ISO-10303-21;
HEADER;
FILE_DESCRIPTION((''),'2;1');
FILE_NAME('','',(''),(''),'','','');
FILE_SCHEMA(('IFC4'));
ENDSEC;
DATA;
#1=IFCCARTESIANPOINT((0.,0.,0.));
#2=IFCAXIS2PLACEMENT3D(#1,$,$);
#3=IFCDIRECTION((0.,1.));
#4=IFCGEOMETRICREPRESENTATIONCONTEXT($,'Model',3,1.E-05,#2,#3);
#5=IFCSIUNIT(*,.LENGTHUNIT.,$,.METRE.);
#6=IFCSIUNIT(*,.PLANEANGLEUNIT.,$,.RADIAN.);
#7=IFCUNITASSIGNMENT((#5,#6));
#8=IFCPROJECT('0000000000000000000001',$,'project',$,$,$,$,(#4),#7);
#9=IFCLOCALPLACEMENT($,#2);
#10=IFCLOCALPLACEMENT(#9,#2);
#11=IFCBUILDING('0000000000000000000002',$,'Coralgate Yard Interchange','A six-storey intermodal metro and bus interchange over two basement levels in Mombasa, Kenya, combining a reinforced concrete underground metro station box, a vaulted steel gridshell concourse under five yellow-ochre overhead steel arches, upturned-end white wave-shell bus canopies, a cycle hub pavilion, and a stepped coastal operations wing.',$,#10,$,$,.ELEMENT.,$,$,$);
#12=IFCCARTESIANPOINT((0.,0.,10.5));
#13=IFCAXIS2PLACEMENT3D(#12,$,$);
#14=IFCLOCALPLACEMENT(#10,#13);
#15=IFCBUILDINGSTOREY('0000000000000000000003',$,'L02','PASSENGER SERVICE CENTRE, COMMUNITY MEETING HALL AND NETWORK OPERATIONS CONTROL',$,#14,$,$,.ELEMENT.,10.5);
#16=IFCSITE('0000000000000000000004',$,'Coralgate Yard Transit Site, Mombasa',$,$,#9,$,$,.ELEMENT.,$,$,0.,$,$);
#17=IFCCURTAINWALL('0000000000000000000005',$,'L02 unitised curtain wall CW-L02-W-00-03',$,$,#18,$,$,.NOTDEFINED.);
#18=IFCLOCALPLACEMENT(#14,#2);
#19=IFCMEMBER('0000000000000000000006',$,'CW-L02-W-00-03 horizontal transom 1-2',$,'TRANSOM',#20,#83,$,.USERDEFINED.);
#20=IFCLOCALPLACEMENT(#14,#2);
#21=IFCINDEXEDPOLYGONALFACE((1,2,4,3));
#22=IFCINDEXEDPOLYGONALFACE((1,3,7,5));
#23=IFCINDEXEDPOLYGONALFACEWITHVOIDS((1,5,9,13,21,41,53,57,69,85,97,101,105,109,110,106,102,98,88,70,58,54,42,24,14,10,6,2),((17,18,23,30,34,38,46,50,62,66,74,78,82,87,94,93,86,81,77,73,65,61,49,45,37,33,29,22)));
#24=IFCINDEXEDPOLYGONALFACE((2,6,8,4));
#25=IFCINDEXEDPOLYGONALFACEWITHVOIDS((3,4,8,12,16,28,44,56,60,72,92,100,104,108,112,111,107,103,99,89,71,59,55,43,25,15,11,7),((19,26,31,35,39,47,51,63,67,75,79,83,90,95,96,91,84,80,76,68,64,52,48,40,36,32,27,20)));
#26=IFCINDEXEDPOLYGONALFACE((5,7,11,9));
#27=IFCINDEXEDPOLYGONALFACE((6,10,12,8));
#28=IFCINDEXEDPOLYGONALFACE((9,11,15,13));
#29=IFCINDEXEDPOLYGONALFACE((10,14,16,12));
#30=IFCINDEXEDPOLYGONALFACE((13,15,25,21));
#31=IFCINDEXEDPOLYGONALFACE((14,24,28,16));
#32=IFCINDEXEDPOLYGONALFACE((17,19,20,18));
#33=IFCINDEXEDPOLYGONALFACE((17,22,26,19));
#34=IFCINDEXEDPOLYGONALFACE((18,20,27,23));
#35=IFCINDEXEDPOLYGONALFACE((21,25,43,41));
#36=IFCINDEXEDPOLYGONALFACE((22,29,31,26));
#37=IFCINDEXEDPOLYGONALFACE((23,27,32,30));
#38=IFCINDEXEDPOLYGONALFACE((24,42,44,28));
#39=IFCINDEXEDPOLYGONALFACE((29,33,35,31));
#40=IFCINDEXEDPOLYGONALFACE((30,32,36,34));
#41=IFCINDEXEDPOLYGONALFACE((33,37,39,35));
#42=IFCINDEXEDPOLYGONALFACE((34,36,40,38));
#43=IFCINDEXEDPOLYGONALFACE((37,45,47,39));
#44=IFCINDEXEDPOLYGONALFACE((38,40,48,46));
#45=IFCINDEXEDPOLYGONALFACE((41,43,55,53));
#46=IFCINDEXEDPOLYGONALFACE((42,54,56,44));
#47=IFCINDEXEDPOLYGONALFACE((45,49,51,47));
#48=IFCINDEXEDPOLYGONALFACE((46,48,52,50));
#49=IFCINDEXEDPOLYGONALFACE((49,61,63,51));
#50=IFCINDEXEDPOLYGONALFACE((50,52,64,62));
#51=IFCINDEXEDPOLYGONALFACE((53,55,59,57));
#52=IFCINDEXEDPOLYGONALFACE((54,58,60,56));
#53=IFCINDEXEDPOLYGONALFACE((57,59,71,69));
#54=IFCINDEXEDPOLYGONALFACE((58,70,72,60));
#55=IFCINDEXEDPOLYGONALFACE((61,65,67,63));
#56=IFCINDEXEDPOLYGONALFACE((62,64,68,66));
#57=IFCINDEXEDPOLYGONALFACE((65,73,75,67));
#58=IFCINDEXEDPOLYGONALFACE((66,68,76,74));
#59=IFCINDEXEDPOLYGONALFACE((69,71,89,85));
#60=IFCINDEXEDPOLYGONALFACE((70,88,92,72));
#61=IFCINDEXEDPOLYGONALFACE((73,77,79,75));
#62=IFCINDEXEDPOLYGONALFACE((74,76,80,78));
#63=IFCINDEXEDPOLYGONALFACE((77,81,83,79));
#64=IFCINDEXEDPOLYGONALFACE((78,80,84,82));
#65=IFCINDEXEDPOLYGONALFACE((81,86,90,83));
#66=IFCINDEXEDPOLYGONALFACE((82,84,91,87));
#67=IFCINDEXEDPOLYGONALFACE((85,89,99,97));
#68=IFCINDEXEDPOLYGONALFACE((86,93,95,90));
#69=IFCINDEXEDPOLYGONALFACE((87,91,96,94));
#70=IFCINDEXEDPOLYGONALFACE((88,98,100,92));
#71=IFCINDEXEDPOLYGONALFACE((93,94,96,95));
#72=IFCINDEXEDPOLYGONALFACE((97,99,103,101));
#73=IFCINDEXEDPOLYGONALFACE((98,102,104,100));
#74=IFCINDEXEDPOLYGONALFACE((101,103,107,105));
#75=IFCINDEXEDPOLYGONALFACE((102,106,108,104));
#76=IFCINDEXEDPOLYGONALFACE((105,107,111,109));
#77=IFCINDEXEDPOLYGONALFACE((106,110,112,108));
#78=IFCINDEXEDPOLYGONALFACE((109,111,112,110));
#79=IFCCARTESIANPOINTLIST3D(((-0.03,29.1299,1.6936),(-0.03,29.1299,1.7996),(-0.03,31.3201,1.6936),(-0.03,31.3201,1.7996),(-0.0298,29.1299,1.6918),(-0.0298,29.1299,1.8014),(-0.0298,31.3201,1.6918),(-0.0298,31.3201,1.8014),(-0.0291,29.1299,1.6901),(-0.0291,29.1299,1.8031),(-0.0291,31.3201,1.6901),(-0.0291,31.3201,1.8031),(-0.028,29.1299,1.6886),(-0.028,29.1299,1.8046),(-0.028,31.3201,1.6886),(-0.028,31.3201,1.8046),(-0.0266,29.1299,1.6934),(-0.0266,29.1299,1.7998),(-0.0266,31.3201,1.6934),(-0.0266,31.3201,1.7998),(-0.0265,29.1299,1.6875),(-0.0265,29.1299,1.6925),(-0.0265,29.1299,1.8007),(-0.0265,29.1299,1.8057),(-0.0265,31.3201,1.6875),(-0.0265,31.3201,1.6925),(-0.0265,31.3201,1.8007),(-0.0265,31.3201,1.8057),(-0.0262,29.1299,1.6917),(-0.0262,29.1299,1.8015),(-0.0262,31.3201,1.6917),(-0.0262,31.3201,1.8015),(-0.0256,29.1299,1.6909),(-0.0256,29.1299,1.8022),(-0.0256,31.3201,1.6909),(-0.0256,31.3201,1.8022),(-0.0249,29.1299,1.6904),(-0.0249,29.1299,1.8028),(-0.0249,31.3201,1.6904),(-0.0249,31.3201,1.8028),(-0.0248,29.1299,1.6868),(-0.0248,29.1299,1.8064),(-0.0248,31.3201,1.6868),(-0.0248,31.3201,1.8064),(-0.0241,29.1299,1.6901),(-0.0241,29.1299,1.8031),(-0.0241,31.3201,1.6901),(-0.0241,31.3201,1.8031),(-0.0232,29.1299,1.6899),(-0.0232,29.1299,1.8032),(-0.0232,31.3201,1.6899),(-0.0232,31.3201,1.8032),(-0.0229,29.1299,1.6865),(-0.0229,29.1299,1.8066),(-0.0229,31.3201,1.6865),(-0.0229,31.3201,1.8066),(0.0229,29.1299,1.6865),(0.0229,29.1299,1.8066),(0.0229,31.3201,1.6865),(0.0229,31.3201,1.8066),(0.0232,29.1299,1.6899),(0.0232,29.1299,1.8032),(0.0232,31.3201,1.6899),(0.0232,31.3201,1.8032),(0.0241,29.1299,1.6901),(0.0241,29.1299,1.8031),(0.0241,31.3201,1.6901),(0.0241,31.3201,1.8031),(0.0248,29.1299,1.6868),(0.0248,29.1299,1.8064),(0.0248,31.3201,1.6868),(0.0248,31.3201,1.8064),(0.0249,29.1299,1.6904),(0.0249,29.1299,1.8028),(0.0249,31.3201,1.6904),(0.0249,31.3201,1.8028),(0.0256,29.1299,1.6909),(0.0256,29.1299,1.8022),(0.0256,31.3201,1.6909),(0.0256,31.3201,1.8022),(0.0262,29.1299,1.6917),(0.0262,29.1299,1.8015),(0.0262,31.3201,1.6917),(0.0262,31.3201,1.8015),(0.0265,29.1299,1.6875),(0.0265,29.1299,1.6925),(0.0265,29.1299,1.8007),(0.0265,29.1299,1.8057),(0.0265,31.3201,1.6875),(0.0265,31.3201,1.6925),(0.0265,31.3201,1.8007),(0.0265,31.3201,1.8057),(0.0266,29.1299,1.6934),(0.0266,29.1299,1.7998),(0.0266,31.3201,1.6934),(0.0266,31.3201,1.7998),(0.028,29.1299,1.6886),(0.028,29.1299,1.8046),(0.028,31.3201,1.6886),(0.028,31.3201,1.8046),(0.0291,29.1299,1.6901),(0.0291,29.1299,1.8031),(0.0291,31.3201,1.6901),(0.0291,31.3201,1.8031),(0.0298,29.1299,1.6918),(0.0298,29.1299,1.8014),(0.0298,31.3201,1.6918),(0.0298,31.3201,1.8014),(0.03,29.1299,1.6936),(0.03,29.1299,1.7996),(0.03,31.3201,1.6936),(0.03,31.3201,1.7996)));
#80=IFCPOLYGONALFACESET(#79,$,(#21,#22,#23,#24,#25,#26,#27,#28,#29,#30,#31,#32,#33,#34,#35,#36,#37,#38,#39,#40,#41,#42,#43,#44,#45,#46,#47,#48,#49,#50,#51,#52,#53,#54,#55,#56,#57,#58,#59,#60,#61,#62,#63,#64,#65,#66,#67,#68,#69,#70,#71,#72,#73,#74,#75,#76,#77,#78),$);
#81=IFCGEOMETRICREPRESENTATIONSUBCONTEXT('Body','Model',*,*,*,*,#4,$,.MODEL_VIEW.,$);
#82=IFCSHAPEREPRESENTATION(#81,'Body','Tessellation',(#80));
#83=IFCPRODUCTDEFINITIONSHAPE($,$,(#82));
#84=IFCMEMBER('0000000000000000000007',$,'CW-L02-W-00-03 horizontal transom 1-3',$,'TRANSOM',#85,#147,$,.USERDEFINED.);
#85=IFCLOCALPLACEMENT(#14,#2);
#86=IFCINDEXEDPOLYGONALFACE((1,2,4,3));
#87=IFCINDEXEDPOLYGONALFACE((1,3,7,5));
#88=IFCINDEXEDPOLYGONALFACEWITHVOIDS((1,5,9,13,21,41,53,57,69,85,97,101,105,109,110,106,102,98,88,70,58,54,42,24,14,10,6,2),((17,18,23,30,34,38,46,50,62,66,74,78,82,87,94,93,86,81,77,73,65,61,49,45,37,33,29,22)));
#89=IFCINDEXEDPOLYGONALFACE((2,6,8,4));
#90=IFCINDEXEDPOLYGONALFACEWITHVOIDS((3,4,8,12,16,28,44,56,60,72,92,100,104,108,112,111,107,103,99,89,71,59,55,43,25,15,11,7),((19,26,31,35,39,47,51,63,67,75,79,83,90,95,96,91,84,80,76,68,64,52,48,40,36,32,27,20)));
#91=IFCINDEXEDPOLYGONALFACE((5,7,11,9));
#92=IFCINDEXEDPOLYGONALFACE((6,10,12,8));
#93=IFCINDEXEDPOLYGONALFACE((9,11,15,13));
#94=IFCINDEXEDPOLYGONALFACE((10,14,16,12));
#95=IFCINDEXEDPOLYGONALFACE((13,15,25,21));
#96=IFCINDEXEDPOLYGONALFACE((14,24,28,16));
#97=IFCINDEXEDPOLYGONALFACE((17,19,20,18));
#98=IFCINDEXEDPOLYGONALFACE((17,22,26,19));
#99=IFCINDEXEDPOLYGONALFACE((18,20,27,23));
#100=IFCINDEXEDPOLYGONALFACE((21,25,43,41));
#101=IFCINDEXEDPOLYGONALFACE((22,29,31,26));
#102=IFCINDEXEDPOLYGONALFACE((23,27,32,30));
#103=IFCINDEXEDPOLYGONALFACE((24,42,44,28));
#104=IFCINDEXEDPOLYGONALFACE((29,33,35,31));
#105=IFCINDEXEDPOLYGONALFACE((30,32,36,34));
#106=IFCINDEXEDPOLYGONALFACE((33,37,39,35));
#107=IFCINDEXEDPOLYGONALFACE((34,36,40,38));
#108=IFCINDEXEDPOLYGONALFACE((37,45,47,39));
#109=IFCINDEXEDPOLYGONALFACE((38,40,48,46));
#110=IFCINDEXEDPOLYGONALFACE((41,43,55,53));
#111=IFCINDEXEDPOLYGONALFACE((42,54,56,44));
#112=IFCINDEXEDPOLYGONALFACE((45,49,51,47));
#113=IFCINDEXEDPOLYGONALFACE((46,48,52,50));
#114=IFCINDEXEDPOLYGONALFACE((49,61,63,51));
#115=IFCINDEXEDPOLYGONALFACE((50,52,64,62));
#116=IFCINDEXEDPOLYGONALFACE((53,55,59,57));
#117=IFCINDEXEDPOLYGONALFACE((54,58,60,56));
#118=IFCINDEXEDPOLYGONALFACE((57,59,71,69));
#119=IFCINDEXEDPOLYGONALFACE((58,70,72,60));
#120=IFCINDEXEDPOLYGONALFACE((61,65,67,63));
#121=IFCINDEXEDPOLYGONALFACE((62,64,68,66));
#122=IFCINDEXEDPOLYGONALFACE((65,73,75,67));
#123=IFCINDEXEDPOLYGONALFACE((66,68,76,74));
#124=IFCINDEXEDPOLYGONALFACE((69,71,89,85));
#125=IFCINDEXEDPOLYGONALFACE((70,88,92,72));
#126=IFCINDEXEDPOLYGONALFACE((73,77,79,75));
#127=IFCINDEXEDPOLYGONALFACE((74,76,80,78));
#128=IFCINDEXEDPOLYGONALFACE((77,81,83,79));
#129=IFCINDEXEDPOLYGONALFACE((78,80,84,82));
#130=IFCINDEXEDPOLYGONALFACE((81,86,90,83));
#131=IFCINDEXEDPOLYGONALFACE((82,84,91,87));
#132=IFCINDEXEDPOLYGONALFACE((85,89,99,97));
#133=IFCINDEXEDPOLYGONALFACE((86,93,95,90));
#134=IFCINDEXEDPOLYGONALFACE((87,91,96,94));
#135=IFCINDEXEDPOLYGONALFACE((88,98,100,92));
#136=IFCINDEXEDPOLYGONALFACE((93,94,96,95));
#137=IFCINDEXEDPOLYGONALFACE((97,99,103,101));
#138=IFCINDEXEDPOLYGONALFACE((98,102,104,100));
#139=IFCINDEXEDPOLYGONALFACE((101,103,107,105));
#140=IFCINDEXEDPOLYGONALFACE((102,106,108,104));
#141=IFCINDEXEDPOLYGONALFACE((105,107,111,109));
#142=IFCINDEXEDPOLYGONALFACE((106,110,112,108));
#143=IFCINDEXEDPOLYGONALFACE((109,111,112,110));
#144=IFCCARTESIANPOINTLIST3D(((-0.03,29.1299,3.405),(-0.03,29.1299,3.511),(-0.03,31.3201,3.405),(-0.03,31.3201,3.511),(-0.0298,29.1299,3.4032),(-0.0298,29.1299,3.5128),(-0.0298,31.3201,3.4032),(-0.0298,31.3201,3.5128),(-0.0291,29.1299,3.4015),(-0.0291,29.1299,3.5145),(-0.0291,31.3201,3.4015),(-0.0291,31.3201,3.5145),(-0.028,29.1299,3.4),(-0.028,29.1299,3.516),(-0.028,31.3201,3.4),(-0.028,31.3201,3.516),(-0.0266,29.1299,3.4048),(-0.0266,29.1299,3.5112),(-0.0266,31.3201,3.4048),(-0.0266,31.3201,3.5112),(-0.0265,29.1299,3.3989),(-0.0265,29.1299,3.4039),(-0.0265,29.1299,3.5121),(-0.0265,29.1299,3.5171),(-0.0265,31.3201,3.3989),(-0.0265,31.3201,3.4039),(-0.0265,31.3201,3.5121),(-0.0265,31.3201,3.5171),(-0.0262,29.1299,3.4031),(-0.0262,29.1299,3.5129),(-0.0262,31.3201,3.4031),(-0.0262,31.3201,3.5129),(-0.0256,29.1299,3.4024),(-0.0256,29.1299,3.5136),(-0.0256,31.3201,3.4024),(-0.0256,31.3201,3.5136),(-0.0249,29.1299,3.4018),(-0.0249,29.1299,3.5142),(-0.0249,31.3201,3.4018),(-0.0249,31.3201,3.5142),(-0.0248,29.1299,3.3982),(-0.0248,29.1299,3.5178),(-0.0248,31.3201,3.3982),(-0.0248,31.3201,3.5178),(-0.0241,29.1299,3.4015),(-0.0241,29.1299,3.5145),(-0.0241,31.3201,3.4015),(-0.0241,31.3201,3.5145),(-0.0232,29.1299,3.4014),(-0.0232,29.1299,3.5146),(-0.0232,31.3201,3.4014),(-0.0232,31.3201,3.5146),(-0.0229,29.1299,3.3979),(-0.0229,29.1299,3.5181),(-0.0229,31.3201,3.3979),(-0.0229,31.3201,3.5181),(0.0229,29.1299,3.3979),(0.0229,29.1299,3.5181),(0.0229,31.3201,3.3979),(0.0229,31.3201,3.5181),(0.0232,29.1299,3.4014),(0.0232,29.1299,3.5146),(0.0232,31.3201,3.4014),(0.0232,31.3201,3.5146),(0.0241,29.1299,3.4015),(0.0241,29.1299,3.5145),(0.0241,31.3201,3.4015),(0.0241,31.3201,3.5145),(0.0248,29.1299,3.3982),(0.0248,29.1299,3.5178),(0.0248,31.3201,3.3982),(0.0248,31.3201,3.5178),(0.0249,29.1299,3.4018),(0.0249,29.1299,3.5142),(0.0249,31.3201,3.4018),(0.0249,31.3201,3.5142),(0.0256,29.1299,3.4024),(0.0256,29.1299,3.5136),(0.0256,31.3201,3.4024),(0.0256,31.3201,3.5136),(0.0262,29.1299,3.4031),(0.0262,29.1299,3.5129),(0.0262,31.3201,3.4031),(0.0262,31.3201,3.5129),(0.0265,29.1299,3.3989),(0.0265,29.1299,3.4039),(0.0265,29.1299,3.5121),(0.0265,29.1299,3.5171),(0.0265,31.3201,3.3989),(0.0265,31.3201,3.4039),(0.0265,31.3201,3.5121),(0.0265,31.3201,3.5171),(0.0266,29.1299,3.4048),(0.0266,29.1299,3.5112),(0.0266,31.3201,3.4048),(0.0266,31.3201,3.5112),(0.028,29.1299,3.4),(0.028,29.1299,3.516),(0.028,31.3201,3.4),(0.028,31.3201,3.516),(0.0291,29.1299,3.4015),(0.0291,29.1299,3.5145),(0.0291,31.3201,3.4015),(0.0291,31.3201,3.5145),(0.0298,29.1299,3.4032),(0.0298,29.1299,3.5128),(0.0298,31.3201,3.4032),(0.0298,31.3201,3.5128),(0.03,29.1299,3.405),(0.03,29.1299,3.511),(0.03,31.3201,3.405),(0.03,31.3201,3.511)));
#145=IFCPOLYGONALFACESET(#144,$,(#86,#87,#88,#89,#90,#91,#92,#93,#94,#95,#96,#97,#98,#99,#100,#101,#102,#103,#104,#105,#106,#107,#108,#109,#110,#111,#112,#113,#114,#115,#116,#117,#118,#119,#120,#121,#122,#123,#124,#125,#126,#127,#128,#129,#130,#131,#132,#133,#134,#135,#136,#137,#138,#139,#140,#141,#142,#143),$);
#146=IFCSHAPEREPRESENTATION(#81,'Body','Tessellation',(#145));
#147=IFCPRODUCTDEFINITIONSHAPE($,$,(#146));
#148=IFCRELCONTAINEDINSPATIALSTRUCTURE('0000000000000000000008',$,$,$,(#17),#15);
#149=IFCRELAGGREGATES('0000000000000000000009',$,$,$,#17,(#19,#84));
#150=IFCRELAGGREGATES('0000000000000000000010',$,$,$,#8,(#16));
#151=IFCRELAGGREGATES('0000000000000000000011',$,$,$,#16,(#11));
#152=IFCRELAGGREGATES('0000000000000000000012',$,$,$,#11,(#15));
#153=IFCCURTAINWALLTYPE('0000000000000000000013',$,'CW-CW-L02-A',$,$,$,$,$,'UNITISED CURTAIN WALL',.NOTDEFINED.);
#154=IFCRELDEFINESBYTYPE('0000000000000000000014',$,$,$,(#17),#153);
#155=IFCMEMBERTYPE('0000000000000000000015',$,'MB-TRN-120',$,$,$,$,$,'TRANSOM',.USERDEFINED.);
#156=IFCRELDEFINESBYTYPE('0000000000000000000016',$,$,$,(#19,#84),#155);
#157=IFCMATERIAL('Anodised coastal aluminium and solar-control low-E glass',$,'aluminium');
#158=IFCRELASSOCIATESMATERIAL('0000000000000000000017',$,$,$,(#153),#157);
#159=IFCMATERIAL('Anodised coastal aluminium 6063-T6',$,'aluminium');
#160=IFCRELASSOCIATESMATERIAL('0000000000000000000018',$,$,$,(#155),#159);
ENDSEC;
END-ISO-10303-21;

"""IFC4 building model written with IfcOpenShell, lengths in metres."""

from ifc_helpers import new_model, si_unit, direction, frame, origin, origin_2d, place, context, subcontext, project, spatial, hollow_rectangle, extrude, material, material_profile, profile_set, type_object, element, aggregate, save


model = new_model("IFC4")

# Units and contexts
model_context = context("Model", 3, precision=1e-05, world=origin(), true_north=direction((0.0, 1.0)))
body_context = subcontext(model_context, "Body", "Model", "MODEL_VIEW")
ifc_project = project(units=[si_unit("LENGTHUNIT", "METRE"), si_unit("PLANEANGLEUNIT", "RADIAN")], contexts=[model_context])

# Site, building, storey
site_placement = place(None, origin())
site = spatial("IfcSite", under=ifc_project, at=site_placement, Name="Coralgate Yard Transit Site, Mombasa", CompositionType="ELEMENT", RefElevation=0.0)
building_placement = place(site_placement, origin())
building = spatial("IfcBuilding", under=site, at=building_placement, Name="Coralgate Yard Interchange", Description="A six-storey intermodal metro and bus interchange over two basement levels in Mombasa, Kenya, combining a reinforced concrete underground metro station box, a vaulted steel gridshell concourse under five yellow-ochre overhead steel arches, upturned-end white wave-shell bus canopies, a cycle hub pavilion, and a stepped coastal operations wing.", CompositionType="ELEMENT")
storey_placement = place(building_placement, frame((0.0, 0.0, 10.5)))
storey = spatial("IfcBuildingStorey", under=building, at=storey_placement, Name="L02", Description="PASSENGER SERVICE CENTRE, COMMUNITY MEETING HALL AND NETWORK OPERATIONS CONTROL", CompositionType="ELEMENT", Elevation=10.5)

# Curtain wall, members
ifc_material_1 = material(Name="Anodised coastal aluminium and solar-control low-E glass", Category="aluminium")
curtain_wall_type = type_object("IfcCurtainWallType", Name="CW-CW-L02-A", ElementType="UNITISED CURTAIN WALL", PredefinedType="NOTDEFINED", material=ifc_material_1)
curtain_wall_placement = place(storey_placement, origin())
curtain_wall = element("IfcCurtainWall", 1, at=curtain_wall_placement, inside=storey, type_object=curtain_wall_type, Name="L02 unitised curtain wall CW-L02-W-00-03", PredefinedType="NOTDEFINED")
ifc_material_2 = material(Name="Anodised coastal aluminium 6063-T6", Category="aluminium")
ifc_material_profile_1 = material_profile(ifc_material_2, hollow_rectangle(XDim=0.0601, YDim=0.1201, WallThickness=0.0034, InnerFilletRadius=0.0034, OuterFilletRadius=0.0071, at=origin_2d()), Name="ALU 60x120x3.5")
ifc_profile_set_1 = profile_set([ifc_material_profile_1], Name="Anodised coastal aluminium 6063-T6")
member_type_1 = type_object("IfcMemberType", Name="MB-TRN-120", ElementType="TRANSOM", PredefinedType="USERDEFINED", material=ifc_profile_set_1)
member_1_placement = place(storey_placement, frame((0.0, 29.1299, 1.7466), z_axis=(0.0, 1.0, 0.0), x_axis=(-1.0, 0.0, 0.0)))
member_1 = element("IfcMember", 2, at=member_1_placement, type_object=member_type_1, Name="CW-L02-W-00-03 horizontal transom 1-2", ObjectType="TRANSOM", PredefinedType="USERDEFINED", context=body_context, shape_type="SweptSolid", body=[
    extrude(hollow_rectangle(XDim=0.0601, YDim=0.1201, WallThickness=0.0034, InnerFilletRadius=0.0034, OuterFilletRadius=0.0071, at=origin_2d()), origin(), (0.0, 0.0, 1.0), 2.1902),
])
member_2_placement = place(storey_placement, frame((0.0, 29.1299, 3.458), z_axis=(0.0, 1.0, 0.0), x_axis=(-1.0, 0.0, 0.0)))
member_2 = element("IfcMember", 3, at=member_2_placement, type_object=member_type_1, Name="CW-L02-W-00-03 horizontal transom 1-3", ObjectType="TRANSOM", PredefinedType="USERDEFINED", context=body_context, shape_type="SweptSolid", body=[
    extrude(hollow_rectangle(XDim=0.0601, YDim=0.1201, WallThickness=0.0034, InnerFilletRadius=0.0034, OuterFilletRadius=0.0071, at=origin_2d()), origin(), (0.0, 0.0, 1.0), 2.1902),
])
aggregate(curtain_wall, [member_1, member_2])

save(model, "model.ifc")
